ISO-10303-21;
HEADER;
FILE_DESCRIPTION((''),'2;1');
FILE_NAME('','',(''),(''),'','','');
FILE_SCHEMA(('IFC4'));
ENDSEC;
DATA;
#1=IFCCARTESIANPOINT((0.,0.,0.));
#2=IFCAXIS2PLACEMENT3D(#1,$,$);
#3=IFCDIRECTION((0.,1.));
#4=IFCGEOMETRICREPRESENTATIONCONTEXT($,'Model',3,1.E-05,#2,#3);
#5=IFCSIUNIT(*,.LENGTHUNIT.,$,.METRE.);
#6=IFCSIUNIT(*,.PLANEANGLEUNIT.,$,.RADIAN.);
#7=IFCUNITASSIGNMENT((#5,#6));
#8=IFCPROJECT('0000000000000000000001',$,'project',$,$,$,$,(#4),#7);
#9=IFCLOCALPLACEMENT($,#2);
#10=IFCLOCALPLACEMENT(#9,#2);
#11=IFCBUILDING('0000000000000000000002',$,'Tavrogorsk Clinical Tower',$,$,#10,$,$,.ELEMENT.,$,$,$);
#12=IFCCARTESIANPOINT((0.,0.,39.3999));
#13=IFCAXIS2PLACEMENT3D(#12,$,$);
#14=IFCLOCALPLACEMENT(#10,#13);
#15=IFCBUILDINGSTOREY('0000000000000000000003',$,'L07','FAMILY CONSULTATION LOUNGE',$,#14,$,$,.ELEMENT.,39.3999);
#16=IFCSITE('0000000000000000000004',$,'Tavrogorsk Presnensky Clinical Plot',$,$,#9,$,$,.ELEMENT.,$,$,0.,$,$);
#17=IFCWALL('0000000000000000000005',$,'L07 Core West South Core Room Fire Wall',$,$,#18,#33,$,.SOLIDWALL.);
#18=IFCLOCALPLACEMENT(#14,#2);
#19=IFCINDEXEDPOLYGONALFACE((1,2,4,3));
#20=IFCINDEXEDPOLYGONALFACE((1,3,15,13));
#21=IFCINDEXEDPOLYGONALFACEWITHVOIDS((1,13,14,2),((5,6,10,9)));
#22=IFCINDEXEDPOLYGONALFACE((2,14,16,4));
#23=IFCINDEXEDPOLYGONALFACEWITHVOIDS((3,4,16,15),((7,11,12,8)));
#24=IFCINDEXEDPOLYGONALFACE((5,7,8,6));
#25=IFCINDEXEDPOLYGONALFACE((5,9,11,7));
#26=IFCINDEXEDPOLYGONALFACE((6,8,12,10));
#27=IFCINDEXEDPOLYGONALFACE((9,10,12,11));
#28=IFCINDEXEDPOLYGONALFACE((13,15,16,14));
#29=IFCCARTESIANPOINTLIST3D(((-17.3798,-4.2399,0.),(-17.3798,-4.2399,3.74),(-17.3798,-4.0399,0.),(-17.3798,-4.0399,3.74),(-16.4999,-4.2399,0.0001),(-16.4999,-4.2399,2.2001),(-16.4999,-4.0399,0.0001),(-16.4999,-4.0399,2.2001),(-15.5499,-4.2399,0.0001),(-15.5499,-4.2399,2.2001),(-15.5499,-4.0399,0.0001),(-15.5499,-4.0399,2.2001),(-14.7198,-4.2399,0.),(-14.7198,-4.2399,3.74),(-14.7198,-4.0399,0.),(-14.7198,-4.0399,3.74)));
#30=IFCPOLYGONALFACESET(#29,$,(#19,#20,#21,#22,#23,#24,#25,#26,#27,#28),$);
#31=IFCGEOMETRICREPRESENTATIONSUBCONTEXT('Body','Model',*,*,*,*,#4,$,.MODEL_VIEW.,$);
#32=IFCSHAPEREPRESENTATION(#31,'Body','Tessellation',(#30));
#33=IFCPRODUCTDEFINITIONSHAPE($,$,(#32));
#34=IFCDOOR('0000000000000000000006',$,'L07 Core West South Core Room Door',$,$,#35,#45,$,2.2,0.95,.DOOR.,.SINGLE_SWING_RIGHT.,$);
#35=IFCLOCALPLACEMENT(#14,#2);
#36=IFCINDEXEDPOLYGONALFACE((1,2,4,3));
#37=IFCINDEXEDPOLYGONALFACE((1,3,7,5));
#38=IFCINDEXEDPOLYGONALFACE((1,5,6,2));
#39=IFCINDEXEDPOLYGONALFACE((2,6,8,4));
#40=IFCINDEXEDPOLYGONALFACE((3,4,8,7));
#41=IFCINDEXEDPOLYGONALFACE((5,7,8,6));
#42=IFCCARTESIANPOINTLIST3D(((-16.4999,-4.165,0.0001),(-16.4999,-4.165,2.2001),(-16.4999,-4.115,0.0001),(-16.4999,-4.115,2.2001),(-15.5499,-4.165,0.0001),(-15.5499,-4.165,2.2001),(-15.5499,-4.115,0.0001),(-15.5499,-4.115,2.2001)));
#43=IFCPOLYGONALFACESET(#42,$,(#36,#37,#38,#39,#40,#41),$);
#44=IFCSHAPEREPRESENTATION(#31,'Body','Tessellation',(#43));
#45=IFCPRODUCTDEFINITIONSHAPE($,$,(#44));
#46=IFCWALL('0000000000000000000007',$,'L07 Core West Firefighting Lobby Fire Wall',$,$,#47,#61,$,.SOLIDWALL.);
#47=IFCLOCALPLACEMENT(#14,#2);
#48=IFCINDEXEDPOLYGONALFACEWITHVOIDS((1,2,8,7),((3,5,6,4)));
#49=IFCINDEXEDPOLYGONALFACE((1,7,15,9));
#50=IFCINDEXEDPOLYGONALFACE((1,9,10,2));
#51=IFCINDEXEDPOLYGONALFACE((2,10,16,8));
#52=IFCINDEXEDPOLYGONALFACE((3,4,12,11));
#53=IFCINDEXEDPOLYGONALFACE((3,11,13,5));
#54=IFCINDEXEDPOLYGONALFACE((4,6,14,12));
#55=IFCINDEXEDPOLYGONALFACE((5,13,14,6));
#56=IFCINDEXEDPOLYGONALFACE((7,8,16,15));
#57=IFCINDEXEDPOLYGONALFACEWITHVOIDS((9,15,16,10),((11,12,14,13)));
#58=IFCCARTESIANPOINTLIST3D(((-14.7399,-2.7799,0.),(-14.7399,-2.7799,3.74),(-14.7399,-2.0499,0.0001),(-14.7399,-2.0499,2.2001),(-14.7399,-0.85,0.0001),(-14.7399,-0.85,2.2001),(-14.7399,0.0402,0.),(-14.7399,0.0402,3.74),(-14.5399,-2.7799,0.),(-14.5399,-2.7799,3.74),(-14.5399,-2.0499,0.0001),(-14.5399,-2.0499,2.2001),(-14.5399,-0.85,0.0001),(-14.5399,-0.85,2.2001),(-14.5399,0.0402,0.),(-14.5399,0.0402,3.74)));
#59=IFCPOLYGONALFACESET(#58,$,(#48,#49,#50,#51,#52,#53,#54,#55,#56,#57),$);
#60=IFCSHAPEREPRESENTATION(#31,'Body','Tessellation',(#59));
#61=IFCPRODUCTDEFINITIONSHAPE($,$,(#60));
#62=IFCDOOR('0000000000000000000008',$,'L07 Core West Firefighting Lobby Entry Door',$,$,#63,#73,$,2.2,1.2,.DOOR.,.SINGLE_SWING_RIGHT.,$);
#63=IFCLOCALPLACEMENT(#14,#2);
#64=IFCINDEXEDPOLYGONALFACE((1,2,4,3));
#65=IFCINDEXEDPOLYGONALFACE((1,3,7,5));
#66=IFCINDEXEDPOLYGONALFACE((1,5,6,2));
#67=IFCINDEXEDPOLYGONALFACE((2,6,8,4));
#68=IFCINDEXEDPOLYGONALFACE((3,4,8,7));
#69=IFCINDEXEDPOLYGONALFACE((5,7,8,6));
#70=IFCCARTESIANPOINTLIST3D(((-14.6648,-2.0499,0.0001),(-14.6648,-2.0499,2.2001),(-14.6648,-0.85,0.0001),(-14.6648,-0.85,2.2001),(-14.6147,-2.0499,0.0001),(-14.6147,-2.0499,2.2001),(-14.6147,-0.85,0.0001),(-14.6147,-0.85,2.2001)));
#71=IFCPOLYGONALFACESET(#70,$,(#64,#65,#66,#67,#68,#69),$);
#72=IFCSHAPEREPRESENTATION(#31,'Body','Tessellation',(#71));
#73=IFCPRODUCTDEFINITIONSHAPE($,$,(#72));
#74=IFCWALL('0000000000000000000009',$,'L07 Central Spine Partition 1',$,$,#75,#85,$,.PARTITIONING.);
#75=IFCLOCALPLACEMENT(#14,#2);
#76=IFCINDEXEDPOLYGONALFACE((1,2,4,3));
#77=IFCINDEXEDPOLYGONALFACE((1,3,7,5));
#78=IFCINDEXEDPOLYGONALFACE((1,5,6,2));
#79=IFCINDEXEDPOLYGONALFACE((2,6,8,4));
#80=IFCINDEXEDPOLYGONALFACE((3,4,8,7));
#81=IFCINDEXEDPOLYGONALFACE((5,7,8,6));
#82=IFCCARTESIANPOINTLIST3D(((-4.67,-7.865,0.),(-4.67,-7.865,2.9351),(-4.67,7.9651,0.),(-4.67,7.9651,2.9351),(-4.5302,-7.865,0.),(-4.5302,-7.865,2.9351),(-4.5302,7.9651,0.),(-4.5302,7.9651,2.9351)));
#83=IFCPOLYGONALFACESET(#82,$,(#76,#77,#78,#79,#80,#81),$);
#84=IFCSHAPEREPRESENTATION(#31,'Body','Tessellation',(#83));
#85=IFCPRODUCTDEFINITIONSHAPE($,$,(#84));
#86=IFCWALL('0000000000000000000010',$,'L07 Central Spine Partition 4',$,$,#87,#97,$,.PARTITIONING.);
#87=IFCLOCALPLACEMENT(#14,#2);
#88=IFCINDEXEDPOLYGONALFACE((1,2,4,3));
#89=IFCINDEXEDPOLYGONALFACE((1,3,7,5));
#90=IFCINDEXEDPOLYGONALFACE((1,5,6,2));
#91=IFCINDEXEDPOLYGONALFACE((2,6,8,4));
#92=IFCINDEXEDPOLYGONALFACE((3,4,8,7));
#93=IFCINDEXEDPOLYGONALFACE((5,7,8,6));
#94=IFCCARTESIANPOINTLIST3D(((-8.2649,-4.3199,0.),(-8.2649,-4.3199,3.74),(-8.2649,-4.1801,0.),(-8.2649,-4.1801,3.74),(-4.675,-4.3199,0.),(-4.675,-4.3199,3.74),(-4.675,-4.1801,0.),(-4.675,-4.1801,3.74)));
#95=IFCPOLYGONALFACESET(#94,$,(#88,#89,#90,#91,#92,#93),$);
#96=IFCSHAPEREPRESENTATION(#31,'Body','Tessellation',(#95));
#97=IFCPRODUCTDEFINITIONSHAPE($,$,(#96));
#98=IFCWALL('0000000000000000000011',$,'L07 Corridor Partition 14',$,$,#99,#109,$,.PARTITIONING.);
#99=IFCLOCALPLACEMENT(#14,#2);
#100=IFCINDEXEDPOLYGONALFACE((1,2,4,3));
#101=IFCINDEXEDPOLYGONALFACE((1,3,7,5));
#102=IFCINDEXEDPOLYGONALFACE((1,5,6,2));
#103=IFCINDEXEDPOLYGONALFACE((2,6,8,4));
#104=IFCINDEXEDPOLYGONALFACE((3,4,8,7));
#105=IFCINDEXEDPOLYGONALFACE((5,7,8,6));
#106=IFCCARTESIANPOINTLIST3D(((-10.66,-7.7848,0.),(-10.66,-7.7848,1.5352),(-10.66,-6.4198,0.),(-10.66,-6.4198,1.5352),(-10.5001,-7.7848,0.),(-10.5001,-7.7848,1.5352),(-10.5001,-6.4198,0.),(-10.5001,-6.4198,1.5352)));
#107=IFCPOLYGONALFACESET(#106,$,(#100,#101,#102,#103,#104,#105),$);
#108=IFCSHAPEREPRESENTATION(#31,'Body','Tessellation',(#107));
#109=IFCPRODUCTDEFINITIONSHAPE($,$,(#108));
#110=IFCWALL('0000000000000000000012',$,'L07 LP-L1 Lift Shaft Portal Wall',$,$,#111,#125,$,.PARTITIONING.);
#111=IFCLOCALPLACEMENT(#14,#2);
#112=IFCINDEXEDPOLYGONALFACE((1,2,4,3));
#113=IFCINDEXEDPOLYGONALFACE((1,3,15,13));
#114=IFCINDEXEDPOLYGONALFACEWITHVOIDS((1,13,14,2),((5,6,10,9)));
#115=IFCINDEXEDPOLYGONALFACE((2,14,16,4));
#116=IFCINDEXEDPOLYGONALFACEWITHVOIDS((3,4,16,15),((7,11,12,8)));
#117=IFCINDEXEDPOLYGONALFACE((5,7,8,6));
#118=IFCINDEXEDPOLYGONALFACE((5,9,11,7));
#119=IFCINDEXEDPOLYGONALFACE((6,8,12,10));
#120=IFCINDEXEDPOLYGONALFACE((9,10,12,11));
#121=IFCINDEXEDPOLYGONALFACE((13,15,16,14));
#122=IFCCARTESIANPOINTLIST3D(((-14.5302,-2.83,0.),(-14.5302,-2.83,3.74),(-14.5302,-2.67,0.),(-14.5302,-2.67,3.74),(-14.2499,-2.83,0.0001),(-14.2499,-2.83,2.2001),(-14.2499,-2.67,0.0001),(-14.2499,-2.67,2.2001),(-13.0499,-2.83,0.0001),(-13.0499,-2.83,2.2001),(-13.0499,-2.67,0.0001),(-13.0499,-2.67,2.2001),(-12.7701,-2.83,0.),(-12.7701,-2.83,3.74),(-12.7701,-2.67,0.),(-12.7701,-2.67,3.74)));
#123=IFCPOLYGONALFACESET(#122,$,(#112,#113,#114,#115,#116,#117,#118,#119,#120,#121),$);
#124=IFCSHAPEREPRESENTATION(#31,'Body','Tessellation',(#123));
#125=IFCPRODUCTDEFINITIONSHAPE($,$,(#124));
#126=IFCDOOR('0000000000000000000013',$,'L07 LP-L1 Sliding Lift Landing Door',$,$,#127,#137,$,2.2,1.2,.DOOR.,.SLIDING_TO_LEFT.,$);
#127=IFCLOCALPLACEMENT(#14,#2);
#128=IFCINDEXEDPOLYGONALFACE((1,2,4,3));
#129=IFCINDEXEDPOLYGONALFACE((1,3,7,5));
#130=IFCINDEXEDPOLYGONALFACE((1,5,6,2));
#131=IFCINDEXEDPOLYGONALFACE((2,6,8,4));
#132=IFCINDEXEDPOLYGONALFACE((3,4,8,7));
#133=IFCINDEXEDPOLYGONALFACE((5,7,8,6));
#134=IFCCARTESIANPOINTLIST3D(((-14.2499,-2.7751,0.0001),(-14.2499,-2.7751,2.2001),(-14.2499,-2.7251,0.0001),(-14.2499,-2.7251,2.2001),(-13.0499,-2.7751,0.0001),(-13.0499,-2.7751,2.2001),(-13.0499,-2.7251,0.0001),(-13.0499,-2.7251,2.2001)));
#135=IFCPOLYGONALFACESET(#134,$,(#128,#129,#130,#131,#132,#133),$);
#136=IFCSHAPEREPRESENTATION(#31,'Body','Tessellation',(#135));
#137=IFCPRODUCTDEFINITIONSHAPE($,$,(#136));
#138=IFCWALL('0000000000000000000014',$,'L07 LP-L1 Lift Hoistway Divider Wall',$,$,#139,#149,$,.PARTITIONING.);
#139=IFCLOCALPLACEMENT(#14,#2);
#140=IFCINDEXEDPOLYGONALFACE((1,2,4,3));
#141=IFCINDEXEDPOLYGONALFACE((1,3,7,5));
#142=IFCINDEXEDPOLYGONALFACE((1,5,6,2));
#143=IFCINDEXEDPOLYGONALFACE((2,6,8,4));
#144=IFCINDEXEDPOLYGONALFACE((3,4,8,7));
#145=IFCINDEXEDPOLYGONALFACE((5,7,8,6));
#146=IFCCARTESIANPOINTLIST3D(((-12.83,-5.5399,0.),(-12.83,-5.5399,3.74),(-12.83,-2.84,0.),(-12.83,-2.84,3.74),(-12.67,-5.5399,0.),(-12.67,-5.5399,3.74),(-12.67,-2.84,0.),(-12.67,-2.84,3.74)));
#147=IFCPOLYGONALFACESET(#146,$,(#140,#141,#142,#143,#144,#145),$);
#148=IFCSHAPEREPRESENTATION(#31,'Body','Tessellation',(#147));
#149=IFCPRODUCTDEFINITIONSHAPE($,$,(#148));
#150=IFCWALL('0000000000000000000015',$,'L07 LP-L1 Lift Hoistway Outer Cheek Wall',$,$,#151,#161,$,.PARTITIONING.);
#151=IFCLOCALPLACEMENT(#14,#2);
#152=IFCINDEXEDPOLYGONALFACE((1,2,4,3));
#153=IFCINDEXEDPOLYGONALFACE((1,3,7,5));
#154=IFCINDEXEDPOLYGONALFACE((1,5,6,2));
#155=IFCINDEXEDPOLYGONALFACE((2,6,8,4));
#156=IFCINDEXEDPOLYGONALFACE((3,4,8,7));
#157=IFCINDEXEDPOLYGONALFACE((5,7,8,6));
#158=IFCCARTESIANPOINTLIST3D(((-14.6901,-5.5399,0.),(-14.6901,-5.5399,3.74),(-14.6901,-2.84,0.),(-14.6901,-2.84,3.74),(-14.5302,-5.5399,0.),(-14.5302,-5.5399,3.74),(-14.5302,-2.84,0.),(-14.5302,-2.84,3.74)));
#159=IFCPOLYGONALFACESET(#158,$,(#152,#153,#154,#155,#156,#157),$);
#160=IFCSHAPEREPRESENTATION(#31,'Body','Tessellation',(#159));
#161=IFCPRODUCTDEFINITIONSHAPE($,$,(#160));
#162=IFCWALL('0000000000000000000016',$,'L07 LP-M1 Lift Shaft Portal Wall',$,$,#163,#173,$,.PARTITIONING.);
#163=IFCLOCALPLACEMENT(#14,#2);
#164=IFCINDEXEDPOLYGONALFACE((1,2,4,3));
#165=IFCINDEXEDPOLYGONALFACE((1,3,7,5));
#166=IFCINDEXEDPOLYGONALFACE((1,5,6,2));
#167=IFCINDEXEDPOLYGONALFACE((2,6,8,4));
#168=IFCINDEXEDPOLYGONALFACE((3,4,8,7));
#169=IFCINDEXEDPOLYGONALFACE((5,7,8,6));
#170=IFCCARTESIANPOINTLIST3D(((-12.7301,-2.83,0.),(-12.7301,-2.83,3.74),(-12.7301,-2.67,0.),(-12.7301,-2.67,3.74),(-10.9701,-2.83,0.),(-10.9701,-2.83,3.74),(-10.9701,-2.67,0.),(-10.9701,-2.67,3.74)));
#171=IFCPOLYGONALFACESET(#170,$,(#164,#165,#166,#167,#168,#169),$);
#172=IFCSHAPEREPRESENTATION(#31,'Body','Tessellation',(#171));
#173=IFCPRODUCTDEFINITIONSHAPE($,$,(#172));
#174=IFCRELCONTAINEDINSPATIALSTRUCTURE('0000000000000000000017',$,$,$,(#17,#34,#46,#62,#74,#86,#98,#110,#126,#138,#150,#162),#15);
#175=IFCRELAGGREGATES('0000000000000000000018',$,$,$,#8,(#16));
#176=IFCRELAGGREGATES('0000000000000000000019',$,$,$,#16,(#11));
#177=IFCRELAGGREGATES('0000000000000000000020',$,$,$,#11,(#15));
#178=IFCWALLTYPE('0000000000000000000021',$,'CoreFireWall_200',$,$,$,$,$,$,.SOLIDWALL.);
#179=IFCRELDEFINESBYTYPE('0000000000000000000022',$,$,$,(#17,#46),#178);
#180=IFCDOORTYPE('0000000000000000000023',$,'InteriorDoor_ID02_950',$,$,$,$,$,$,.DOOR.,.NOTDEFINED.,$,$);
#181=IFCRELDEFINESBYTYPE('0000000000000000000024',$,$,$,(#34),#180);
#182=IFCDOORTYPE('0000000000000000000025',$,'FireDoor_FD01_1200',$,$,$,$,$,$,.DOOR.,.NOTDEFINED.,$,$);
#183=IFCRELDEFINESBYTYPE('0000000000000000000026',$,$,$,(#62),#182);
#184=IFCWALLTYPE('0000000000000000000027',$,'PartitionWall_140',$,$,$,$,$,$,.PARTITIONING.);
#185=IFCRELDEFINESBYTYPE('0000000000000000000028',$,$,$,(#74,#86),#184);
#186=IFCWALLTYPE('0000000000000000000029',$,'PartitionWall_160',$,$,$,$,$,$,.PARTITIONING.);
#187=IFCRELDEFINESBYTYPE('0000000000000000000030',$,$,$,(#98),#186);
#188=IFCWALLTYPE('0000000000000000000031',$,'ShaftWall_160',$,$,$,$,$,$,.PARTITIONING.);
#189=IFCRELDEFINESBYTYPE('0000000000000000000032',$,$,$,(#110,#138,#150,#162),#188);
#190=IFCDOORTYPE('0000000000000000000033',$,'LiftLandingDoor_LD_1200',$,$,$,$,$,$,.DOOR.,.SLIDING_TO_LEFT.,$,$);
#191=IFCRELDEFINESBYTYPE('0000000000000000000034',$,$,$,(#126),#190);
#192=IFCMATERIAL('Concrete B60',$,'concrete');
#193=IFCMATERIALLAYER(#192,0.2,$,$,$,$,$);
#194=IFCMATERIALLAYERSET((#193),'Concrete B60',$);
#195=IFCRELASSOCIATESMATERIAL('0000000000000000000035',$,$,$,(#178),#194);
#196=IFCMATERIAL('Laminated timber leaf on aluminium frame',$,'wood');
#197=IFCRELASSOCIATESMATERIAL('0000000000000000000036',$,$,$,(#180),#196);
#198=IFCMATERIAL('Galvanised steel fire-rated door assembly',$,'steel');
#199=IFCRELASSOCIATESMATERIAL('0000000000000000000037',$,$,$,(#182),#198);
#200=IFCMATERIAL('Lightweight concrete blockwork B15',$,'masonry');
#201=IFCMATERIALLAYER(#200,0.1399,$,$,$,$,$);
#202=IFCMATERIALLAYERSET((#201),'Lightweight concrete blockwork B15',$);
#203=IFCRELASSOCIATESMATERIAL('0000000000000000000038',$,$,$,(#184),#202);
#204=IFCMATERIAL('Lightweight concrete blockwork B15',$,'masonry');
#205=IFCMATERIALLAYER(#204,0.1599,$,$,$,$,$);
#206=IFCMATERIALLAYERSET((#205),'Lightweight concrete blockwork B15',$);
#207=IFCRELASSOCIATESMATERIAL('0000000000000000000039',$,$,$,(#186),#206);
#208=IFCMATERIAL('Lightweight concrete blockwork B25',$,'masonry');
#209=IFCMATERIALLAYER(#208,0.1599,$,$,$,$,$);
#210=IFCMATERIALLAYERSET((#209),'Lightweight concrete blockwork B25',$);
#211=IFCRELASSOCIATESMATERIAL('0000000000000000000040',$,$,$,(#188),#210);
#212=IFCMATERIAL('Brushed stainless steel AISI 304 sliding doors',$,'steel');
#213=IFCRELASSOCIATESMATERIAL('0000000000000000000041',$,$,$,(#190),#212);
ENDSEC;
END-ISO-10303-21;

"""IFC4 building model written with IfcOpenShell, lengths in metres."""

from ifc_helpers import new_model, si_unit, direction, frame, frame_2d, origin, place, context, subcontext, project, spatial, rectangle, extrude, material, layer, layer_set, type_object, element, fill, save


model = new_model("IFC4")

# Units and contexts
model_context = context("Model", 3, precision=1e-05, world=origin(), true_north=direction((0.0, 1.0)))
body_context = subcontext(model_context, "Body", "Model", "MODEL_VIEW")
ifc_project = project(units=[si_unit("LENGTHUNIT", "METRE"), si_unit("PLANEANGLEUNIT", "RADIAN")], contexts=[model_context])

# Site, building, storey
site_placement = place(None, origin())
site = spatial("IfcSite", under=ifc_project, at=site_placement, Name="Tavrogorsk Presnensky Clinical Plot", CompositionType="ELEMENT", RefElevation=0.0)
building_placement = place(site_placement, origin())
building = spatial("IfcBuilding", under=site, at=building_placement, Name="Tavrogorsk Clinical Tower", CompositionType="ELEMENT")
storey_placement = place(building_placement, frame((0.0, 0.0, 39.3999)))
storey = spatial("IfcBuildingStorey", under=building, at=storey_placement, Name="L07", Description="FAMILY CONSULTATION LOUNGE", CompositionType="ELEMENT", Elevation=39.3999)

# Walls, openings, doors
ifc_material_1 = material(Name="Concrete B60", Category="concrete")
ifc_layer_1 = layer(ifc_material_1, 0.2)
ifc_layer_set_1 = layer_set([ifc_layer_1], Name="Concrete B60")
wall_type_1 = type_object("IfcWallType", Name="CoreFireWall_200", PredefinedType="SOLIDWALL", material=ifc_layer_set_1)
wall_1_placement = place(storey_placement, frame((-17.3799, -4.1399, 0.0), z_axis=(0.0, 0.0, 1.0), x_axis=(1.0, 0.0, 0.0)))
wall_1 = element("IfcWall", 1, at=wall_1_placement, inside=storey, type_object=wall_type_1, Name="L07 Core West South Core Room Fire Wall", PredefinedType="SOLIDWALL", context=body_context, shape_type="SweptSolid", body=[
    extrude(rectangle(XDim=2.6599, YDim=0.2, at=frame_2d((1.3301, 0.0))), origin(), (0.0, 0.0, 1.0), 3.74),
])
opening_1_placement = place(wall_1_placement, frame((0.8799, 0.0, 0.0)))
opening_1 = element("IfcOpeningElement", 2, at=opening_1_placement, cuts=wall_1, PredefinedType="OPENING", context=body_context, shape_type="SweptSolid", body=[
    extrude(rectangle(XDim=0.95, YDim=2.2, at=frame_2d((0.4751, 1.1001))), frame((0.0, 0.1099, 0.0), z_axis=(0.0, -1.0, 0.0), x_axis=(1.0, 0.0, 0.0)), (0.0, 0.0, 1.0), 0.22),
])
ifc_material_2 = material(Name="Laminated timber leaf on aluminium frame", Category="wood")
door_type_1 = type_object("IfcDoorType", Name="InteriorDoor_ID02_950", OperationType="NOTDEFINED", PredefinedType="DOOR", material=ifc_material_2)
door_1_placement = place(opening_1_placement, origin())
door_1 = element("IfcDoor", 3, at=door_1_placement, inside=storey, type_object=door_type_1, Name="L07 Core West South Core Room Door", OperationType="SINGLE_SWING_RIGHT", OverallHeight=2.2, OverallWidth=0.95, PredefinedType="DOOR", context=body_context, shape_type="SweptSolid", body=[
    extrude(rectangle(XDim=0.95, YDim=2.2, at=frame_2d((0.4751, 1.1001))), frame((0.0, 0.0249, 0.0), z_axis=(0.0, -1.0, 0.0), x_axis=(1.0, 0.0, 0.0)), (0.0, 0.0, 1.0), 0.05),
])
fill(opening_1, door_1)
wall_2_placement = place(storey_placement, frame((-14.6399, -2.78, 0.0), z_axis=(0.0, 0.0, 1.0), x_axis=(0.0, 1.0, 0.0)))
wall_2 = element("IfcWall", 4, at=wall_2_placement, inside=storey, type_object=wall_type_1, Name="L07 Core West Firefighting Lobby Fire Wall", PredefinedType="SOLIDWALL", context=body_context, shape_type="SweptSolid", body=[
    extrude(rectangle(XDim=2.8201, YDim=0.2, at=frame_2d((1.4102, 0.0))), origin(), (0.0, 0.0, 1.0), 3.74),
])
opening_2_placement = place(wall_2_placement, frame((0.73, 0.0, 0.0)))
opening_2 = element("IfcOpeningElement", 5, at=opening_2_placement, cuts=wall_2, PredefinedType="OPENING", context=body_context, shape_type="SweptSolid", body=[
    extrude(rectangle(XDim=1.2, YDim=2.2, at=frame_2d((0.6001, 1.1001))), frame((0.0, 0.1099, 0.0), z_axis=(0.0, -1.0, 0.0), x_axis=(1.0, 0.0, 0.0)), (0.0, 0.0, 1.0), 0.22),
])
ifc_material_3 = material(Name="Galvanised steel fire-rated door assembly", Category="steel")
door_type_2 = type_object("IfcDoorType", Name="FireDoor_FD01_1200", OperationType="NOTDEFINED", PredefinedType="DOOR", material=ifc_material_3)
door_2_placement = place(opening_2_placement, origin())
door_2 = element("IfcDoor", 6, at=door_2_placement, inside=storey, type_object=door_type_2, Name="L07 Core West Firefighting Lobby Entry Door", OperationType="SINGLE_SWING_RIGHT", OverallHeight=2.2, OverallWidth=1.2, PredefinedType="DOOR", context=body_context, shape_type="SweptSolid", body=[
    extrude(rectangle(XDim=1.2, YDim=2.2, at=frame_2d((0.6001, 1.1001))), frame((0.0, 0.0249, 0.0), z_axis=(0.0, -1.0, 0.0), x_axis=(1.0, 0.0, 0.0)), (0.0, 0.0, 1.0), 0.05),
])
fill(opening_2, door_2)

# Walls
ifc_material_4 = material(Name="Lightweight concrete blockwork B15", Category="masonry")
ifc_layer_2 = layer(ifc_material_4, 0.1399)
ifc_layer_set_2 = layer_set([ifc_layer_2], Name="Lightweight concrete blockwork B15")
wall_type_2 = type_object("IfcWallType", Name="PartitionWall_140", PredefinedType="PARTITIONING", material=ifc_layer_set_2)
wall_3_placement = place(storey_placement, frame((-4.6001, -7.865, 0.0), z_axis=(0.0, 0.0, 1.0), x_axis=(0.0, 1.0, 0.0)))
element("IfcWall", 7, at=wall_3_placement, inside=storey, type_object=wall_type_2, Name="L07 Central Spine Partition 1", PredefinedType="PARTITIONING", context=body_context, shape_type="SweptSolid", body=[
    extrude(rectangle(XDim=15.8301, YDim=0.1399, at=frame_2d((7.915, 0.0))), origin(), (0.0, 0.0, 1.0), 2.9351),
])
wall_4_placement = place(storey_placement, frame((-8.2649, -4.25, 0.0), z_axis=(0.0, 0.0, 1.0), x_axis=(1.0, 0.0, 0.0)))
element("IfcWall", 8, at=wall_4_placement, inside=storey, type_object=wall_type_2, Name="L07 Central Spine Partition 4", PredefinedType="PARTITIONING", context=body_context, shape_type="SweptSolid", body=[
    extrude(rectangle(XDim=3.5898, YDim=0.1399, at=frame_2d((1.7949, 0.0))), origin(), (0.0, 0.0, 1.0), 3.74),
])
ifc_material_5 = material(Name="Lightweight concrete blockwork B15", Category="masonry")
ifc_layer_3 = layer(ifc_material_5, 0.1599)
ifc_layer_set_3 = layer_set([ifc_layer_3], Name="Lightweight concrete blockwork B15")
wall_type_3 = type_object("IfcWallType", Name="PartitionWall_160", PredefinedType="PARTITIONING", material=ifc_layer_set_3)
wall_5_placement = place(storey_placement, frame((-10.5801, -7.7849, 0.0), z_axis=(0.0, 0.0, 1.0), x_axis=(0.0, 1.0, 0.0)))
element("IfcWall", 9, at=wall_5_placement, inside=storey, type_object=wall_type_3, Name="L07 Corridor Partition 14", PredefinedType="PARTITIONING", context=body_context, shape_type="SweptSolid", body=[
    extrude(rectangle(XDim=1.365, YDim=0.1599, at=frame_2d((0.6826, 0.0))), origin(), (0.0, 0.0, 1.0), 1.5352),
])

# Wall, opening, door
ifc_material_6 = material(Name="Lightweight concrete blockwork B25", Category="masonry")
ifc_layer_4 = layer(ifc_material_6, 0.1599)
ifc_layer_set_4 = layer_set([ifc_layer_4], Name="Lightweight concrete blockwork B25")
wall_type_4 = type_object("IfcWallType", Name="ShaftWall_160", PredefinedType="PARTITIONING", material=ifc_layer_set_4)
wall_6_placement = place(storey_placement, frame((-14.53, -2.75, 0.0), z_axis=(0.0, 0.0, 1.0), x_axis=(1.0, 0.0, 0.0)))
wall_6 = element("IfcWall", 10, at=wall_6_placement, inside=storey, type_object=wall_type_4, Name="L07 LP-L1 Lift Shaft Portal Wall", PredefinedType="PARTITIONING", context=body_context, shape_type="SweptSolid", body=[
    extrude(rectangle(XDim=1.76, YDim=0.1599, at=frame_2d((0.8799, 0.0))), origin(), (0.0, 0.0, 1.0), 3.74),
])
opening_3_placement = place(wall_6_placement, frame((0.28, 0.0, 0.0)))
opening_3 = element("IfcOpeningElement", 11, at=opening_3_placement, cuts=wall_6, PredefinedType="OPENING", context=body_context, shape_type="SweptSolid", body=[
    extrude(rectangle(XDim=1.2, YDim=2.2, at=frame_2d((0.6001, 1.1001))), frame((0.0, 0.0898, 0.0), z_axis=(0.0, -1.0, 0.0), x_axis=(1.0, 0.0, 0.0)), (0.0, 0.0, 1.0), 0.1799),
])
ifc_material_7 = material(Name="Brushed stainless steel AISI 304 sliding doors", Category="steel")
door_type_3 = type_object("IfcDoorType", Name="LiftLandingDoor_LD_1200", OperationType="SLIDING_TO_LEFT", PredefinedType="DOOR", material=ifc_material_7)
door_3_placement = place(opening_3_placement, origin())
door_3 = element("IfcDoor", 12, at=door_3_placement, inside=storey, type_object=door_type_3, Name="L07 LP-L1 Sliding Lift Landing Door", OperationType="SLIDING_TO_LEFT", OverallHeight=2.2, OverallWidth=1.2, PredefinedType="DOOR", context=body_context, shape_type="SweptSolid", body=[
    extrude(rectangle(XDim=1.2, YDim=2.2, at=frame_2d((0.6001, 1.1001))), frame((0.0, 0.0249, 0.0), z_axis=(0.0, -1.0, 0.0), x_axis=(1.0, 0.0, 0.0)), (0.0, 0.0, 1.0), 0.05),
])
fill(opening_3, door_3)

# Walls
for number, where, z_axis, x_axis, name in (
    (13, (-12.75, -5.54, 0.0), (0.0, 0.0, 1.0), (0.0, 1.0, 0.0), "L07 LP-L1 Lift Hoistway Divider Wall"),
    (14, (-14.6101, -5.54, 0.0), (0.0, 0.0, 1.0), (0.0, 1.0, 0.0), "L07 LP-L1 Lift Hoistway Outer Cheek Wall"),
):
    element("IfcWall", number, at=place(storey_placement, frame(where, z_axis=z_axis, x_axis=x_axis)), inside=storey, type_object=wall_type_4, Name=name, PredefinedType="PARTITIONING", context=body_context, shape_type="SweptSolid", body=[
        extrude(rectangle(XDim=2.7, YDim=0.1599, at=frame_2d((1.3501, 0.0))), origin(), (0.0, 0.0, 1.0), 3.74),
    ])
wall_7_placement = place(storey_placement, frame((-12.73, -2.75, 0.0), z_axis=(0.0, 0.0, 1.0), x_axis=(1.0, 0.0, 0.0)))
element("IfcWall", 15, at=wall_7_placement, inside=storey, type_object=wall_type_4, Name="L07 LP-M1 Lift Shaft Portal Wall", PredefinedType="PARTITIONING", context=body_context, shape_type="SweptSolid", body=[
    extrude(rectangle(XDim=1.76, YDim=0.1599, at=frame_2d((0.8799, 0.0))), origin(), (0.0, 0.0, 1.0), 3.74),
])

save(model, "model.ifc")
